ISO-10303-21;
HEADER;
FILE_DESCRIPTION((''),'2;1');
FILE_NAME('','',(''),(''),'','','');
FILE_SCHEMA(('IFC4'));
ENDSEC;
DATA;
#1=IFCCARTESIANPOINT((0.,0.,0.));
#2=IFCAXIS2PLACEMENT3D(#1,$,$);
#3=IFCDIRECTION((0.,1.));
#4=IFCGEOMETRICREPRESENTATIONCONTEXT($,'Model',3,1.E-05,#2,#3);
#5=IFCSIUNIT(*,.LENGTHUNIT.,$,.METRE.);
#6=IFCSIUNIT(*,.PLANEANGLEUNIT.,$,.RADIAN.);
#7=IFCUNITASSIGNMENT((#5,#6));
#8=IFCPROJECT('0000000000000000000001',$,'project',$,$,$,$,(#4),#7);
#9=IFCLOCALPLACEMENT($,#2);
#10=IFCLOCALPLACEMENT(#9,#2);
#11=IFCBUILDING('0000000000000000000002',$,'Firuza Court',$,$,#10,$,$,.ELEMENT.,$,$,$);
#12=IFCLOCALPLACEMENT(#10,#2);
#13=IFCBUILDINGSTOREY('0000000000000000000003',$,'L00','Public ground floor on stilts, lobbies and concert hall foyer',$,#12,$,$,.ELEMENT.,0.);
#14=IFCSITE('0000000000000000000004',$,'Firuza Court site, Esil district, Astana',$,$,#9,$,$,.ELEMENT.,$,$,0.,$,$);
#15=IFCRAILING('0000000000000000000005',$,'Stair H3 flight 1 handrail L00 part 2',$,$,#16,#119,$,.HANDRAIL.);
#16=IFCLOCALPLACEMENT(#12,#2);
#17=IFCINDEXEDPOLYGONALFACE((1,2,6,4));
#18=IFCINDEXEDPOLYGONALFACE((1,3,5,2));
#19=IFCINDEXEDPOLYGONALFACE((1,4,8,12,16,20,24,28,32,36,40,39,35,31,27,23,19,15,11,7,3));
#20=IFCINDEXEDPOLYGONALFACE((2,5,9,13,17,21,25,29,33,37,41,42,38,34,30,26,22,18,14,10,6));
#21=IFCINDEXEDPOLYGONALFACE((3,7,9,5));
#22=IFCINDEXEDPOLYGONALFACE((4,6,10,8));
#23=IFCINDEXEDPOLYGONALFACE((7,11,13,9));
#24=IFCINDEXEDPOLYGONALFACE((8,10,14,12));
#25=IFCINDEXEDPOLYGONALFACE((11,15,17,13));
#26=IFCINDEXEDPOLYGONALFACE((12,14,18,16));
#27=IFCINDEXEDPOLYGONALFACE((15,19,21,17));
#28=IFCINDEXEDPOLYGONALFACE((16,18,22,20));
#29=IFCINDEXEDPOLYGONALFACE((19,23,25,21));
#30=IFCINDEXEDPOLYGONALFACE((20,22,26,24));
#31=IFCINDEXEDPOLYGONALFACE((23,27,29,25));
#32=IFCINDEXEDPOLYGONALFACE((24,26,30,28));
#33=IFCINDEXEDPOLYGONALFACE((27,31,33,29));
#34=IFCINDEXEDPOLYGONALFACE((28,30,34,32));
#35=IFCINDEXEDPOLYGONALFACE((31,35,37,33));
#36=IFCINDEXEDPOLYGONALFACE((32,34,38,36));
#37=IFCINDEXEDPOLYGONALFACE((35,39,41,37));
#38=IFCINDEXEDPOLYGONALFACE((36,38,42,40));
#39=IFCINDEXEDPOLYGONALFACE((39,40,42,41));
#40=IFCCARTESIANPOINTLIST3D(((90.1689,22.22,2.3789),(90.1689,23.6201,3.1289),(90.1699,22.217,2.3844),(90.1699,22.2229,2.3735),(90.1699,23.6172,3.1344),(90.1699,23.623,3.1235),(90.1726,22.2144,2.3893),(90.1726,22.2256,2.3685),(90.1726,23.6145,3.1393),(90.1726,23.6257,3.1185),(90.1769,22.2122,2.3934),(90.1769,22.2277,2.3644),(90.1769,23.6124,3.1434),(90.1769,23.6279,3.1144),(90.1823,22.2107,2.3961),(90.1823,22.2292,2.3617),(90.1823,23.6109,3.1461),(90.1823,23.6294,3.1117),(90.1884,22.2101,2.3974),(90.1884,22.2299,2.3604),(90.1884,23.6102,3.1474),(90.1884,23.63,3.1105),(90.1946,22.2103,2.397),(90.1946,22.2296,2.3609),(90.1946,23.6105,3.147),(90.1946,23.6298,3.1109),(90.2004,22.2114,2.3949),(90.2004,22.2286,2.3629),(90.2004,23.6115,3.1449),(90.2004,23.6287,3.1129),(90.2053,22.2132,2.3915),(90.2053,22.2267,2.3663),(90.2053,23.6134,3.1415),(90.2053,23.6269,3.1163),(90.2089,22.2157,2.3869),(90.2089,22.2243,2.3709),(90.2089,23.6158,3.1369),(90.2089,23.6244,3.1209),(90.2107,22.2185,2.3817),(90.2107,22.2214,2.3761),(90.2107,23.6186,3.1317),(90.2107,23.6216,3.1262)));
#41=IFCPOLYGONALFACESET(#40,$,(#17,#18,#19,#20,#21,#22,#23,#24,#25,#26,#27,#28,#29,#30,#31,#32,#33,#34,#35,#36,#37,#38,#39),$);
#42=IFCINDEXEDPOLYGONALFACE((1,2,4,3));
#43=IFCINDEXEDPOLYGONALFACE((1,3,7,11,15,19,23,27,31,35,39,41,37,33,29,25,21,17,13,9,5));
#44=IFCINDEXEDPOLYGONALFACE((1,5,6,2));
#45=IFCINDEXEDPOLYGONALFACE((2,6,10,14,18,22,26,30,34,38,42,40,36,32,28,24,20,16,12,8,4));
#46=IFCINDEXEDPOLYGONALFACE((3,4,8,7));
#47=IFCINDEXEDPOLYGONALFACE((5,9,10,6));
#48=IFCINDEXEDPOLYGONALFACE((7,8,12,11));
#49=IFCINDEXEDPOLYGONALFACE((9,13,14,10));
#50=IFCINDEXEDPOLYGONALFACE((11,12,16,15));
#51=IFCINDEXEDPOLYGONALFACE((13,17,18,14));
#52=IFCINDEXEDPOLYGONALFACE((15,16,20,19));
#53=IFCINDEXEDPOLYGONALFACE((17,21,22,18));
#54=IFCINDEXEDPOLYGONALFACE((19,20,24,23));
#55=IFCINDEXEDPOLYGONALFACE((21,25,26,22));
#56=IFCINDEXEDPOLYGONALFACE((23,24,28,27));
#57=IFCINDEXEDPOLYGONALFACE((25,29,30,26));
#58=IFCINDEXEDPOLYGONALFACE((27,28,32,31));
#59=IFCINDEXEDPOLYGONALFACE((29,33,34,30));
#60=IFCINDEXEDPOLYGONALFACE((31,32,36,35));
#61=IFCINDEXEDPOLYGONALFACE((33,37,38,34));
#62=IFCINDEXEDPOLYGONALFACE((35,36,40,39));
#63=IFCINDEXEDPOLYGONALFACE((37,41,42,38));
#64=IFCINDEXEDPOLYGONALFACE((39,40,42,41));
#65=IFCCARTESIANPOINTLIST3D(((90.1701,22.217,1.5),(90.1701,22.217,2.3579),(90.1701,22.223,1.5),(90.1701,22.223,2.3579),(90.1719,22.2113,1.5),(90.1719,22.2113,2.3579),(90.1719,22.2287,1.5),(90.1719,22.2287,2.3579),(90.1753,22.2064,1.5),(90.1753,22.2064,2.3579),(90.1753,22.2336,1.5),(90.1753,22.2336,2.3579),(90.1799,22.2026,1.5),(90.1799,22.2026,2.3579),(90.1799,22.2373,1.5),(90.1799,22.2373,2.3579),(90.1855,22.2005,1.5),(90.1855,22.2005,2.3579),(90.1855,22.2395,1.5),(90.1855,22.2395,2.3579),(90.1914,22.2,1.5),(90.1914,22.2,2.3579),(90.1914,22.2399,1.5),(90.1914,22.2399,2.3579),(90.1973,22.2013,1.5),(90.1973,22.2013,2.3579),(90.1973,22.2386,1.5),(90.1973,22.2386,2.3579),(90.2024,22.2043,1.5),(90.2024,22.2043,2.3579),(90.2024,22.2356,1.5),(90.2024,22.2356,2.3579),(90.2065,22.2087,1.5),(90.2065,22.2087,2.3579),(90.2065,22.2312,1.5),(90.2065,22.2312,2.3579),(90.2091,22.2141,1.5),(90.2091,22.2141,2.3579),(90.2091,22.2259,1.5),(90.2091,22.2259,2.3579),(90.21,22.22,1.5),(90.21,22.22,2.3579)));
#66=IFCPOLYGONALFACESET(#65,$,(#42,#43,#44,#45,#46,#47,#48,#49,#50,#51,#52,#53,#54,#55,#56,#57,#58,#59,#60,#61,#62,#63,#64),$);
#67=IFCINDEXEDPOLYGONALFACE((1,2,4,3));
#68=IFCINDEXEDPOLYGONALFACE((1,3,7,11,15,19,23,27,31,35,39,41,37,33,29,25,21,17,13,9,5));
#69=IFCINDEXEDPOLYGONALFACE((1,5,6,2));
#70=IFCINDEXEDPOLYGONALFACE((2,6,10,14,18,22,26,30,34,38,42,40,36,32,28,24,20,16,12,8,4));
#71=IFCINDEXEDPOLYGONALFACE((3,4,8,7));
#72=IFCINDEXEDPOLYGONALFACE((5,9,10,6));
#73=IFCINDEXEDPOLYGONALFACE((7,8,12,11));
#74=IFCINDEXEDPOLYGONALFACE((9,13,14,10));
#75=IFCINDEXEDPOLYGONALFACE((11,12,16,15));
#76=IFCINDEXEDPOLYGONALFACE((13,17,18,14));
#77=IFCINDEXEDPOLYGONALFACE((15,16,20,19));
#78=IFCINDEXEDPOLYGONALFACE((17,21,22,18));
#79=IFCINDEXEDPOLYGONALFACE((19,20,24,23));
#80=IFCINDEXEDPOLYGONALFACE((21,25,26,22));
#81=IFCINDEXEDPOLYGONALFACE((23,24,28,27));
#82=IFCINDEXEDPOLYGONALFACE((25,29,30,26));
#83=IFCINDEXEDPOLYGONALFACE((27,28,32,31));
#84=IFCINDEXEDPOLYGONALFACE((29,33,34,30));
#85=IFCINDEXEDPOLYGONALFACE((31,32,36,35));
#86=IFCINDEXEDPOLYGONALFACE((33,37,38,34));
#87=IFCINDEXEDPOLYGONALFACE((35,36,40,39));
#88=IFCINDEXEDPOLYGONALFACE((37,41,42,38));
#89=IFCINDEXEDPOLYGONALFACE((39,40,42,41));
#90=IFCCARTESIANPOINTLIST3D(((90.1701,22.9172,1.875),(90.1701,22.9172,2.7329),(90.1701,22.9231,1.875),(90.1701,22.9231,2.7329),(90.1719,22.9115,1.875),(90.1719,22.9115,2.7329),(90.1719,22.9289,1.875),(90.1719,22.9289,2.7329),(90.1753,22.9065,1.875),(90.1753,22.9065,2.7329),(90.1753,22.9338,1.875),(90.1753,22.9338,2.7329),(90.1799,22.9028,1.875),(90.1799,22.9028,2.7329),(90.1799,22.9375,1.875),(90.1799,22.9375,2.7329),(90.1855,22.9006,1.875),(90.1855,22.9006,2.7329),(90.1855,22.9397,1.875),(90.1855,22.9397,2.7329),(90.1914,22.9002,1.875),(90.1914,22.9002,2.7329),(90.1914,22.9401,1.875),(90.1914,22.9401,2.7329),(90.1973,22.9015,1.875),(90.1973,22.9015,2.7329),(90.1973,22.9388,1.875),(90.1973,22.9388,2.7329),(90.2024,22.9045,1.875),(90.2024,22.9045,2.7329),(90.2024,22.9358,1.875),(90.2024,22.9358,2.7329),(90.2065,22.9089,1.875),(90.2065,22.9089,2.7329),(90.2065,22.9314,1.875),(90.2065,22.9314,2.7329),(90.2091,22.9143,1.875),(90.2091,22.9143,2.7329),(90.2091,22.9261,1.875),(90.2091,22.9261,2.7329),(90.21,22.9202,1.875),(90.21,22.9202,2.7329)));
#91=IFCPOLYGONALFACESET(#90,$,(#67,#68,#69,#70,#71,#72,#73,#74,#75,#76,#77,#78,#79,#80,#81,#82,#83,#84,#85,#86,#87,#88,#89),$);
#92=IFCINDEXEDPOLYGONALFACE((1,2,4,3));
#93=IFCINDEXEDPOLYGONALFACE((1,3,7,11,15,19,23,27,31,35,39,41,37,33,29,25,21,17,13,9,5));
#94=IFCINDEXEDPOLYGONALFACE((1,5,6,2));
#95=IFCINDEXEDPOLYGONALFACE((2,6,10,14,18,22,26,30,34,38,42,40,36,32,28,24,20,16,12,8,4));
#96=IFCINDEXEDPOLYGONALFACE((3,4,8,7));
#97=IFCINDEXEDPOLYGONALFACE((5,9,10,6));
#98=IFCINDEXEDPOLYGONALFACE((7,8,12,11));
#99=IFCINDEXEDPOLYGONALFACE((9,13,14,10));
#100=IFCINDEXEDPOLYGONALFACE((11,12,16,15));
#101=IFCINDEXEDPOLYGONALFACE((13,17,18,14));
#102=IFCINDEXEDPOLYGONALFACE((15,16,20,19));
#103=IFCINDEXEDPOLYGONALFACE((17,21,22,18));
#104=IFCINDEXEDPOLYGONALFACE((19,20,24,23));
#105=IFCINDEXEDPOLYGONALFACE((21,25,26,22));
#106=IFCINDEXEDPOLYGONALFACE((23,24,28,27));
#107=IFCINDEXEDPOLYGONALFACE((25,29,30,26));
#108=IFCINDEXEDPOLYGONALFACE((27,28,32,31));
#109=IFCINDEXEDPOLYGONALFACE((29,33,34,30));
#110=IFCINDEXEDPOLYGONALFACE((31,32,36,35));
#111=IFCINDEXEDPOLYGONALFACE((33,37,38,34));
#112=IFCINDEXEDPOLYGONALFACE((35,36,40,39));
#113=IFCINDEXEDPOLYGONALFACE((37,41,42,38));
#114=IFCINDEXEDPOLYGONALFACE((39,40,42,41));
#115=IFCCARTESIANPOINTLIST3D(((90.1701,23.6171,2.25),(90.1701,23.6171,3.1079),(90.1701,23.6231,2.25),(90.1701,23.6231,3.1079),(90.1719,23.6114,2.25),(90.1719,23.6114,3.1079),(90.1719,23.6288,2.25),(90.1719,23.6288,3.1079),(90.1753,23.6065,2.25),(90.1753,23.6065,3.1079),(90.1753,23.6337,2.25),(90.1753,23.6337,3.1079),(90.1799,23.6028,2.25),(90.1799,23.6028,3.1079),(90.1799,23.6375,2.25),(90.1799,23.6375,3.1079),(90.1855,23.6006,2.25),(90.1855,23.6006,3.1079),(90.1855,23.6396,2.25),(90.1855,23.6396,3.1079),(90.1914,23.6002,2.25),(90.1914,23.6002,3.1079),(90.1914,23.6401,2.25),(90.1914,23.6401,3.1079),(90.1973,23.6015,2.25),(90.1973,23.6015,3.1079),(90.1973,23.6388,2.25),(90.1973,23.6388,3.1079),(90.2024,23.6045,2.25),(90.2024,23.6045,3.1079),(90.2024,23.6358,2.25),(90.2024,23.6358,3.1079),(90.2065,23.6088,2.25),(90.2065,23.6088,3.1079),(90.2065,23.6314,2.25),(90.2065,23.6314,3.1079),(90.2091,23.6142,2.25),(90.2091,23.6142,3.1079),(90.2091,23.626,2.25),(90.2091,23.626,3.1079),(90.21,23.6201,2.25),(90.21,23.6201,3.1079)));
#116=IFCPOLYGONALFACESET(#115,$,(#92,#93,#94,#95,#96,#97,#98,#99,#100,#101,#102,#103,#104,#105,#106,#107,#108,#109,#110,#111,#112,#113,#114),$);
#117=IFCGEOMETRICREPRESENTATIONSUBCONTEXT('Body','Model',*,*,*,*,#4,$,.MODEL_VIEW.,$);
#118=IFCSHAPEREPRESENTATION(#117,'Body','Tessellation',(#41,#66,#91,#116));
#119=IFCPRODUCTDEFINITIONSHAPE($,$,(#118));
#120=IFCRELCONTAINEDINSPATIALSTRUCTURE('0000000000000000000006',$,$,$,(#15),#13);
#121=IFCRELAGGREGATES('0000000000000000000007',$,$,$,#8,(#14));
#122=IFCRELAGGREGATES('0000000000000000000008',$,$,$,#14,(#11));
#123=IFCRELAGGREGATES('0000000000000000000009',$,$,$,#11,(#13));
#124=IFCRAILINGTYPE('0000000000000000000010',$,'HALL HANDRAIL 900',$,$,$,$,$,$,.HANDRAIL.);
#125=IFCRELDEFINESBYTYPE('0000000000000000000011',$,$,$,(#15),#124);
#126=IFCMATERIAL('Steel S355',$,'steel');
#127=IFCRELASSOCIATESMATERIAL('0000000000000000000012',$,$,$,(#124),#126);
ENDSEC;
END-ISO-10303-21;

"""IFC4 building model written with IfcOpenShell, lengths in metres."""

from ifc_helpers import new_model, si_unit, direction, frame, origin, origin_2d, place, context, subcontext, project, spatial, circle, extrude, material, type_object, element, save


model = new_model("IFC4")

# Units and contexts
model_context = context("Model", 3, precision=1e-05, world=origin(), true_north=direction((0.0, 1.0)))
body_context = subcontext(model_context, "Body", "Model", "MODEL_VIEW")
ifc_project = project(units=[si_unit("LENGTHUNIT", "METRE"), si_unit("PLANEANGLEUNIT", "RADIAN")], contexts=[model_context])

# Site, building, storey
site_placement = place(None, origin())
site = spatial("IfcSite", under=ifc_project, at=site_placement, Name="Firuza Court site, Esil district, Astana", CompositionType="ELEMENT", RefElevation=0.0)
building_placement = place(site_placement, origin())
building = spatial("IfcBuilding", under=site, at=building_placement, Name="Firuza Court", CompositionType="ELEMENT")
storey_placement = place(building_placement, origin())
storey = spatial("IfcBuildingStorey", under=building, at=storey_placement, Name="L00", Description="Public ground floor on stilts, lobbies and concert hall foyer", CompositionType="ELEMENT", Elevation=0.0)

# Railing
ifc_material_1 = material(Name="Steel S355", Category="steel")
railing_type_1 = type_object("IfcRailingType", Name="HALL HANDRAIL 900", PredefinedType="HANDRAIL", material=ifc_material_1)
railing_1_placement = place(storey_placement, frame((90.1899, 22.22, 1.5)))
element("IfcRailing", 1, at=railing_1_placement, inside=storey, type_object=railing_type_1, Name="Stair H3 flight 1 handrail L00 part 2", PredefinedType="HANDRAIL", context=body_context, shape_type="SweptSolid", body=[
    extrude(circle(Radius=0.021, at=origin_2d()), frame((0.0, 0.0, 0.8789), z_axis=(0.0, 0.881501, 0.472183), x_axis=(-1.0, 0.0, 0.0)), (0.0, 0.0, 1.0), 1.5884),
    extrude(circle(Radius=0.02, at=origin_2d()), origin(), (0.0, 0.0, 1.0), 0.8579),
    extrude(circle(Radius=0.02, at=origin_2d()), frame((0.0, 0.7002, 0.375)), (0.0, 0.0, 1.0), 0.8579),
    extrude(circle(Radius=0.02, at=origin_2d()), frame((0.0, 1.4001, 0.75)), (0.0, 0.0, 1.0), 0.8579),
])

save(model, "model.ifc")
